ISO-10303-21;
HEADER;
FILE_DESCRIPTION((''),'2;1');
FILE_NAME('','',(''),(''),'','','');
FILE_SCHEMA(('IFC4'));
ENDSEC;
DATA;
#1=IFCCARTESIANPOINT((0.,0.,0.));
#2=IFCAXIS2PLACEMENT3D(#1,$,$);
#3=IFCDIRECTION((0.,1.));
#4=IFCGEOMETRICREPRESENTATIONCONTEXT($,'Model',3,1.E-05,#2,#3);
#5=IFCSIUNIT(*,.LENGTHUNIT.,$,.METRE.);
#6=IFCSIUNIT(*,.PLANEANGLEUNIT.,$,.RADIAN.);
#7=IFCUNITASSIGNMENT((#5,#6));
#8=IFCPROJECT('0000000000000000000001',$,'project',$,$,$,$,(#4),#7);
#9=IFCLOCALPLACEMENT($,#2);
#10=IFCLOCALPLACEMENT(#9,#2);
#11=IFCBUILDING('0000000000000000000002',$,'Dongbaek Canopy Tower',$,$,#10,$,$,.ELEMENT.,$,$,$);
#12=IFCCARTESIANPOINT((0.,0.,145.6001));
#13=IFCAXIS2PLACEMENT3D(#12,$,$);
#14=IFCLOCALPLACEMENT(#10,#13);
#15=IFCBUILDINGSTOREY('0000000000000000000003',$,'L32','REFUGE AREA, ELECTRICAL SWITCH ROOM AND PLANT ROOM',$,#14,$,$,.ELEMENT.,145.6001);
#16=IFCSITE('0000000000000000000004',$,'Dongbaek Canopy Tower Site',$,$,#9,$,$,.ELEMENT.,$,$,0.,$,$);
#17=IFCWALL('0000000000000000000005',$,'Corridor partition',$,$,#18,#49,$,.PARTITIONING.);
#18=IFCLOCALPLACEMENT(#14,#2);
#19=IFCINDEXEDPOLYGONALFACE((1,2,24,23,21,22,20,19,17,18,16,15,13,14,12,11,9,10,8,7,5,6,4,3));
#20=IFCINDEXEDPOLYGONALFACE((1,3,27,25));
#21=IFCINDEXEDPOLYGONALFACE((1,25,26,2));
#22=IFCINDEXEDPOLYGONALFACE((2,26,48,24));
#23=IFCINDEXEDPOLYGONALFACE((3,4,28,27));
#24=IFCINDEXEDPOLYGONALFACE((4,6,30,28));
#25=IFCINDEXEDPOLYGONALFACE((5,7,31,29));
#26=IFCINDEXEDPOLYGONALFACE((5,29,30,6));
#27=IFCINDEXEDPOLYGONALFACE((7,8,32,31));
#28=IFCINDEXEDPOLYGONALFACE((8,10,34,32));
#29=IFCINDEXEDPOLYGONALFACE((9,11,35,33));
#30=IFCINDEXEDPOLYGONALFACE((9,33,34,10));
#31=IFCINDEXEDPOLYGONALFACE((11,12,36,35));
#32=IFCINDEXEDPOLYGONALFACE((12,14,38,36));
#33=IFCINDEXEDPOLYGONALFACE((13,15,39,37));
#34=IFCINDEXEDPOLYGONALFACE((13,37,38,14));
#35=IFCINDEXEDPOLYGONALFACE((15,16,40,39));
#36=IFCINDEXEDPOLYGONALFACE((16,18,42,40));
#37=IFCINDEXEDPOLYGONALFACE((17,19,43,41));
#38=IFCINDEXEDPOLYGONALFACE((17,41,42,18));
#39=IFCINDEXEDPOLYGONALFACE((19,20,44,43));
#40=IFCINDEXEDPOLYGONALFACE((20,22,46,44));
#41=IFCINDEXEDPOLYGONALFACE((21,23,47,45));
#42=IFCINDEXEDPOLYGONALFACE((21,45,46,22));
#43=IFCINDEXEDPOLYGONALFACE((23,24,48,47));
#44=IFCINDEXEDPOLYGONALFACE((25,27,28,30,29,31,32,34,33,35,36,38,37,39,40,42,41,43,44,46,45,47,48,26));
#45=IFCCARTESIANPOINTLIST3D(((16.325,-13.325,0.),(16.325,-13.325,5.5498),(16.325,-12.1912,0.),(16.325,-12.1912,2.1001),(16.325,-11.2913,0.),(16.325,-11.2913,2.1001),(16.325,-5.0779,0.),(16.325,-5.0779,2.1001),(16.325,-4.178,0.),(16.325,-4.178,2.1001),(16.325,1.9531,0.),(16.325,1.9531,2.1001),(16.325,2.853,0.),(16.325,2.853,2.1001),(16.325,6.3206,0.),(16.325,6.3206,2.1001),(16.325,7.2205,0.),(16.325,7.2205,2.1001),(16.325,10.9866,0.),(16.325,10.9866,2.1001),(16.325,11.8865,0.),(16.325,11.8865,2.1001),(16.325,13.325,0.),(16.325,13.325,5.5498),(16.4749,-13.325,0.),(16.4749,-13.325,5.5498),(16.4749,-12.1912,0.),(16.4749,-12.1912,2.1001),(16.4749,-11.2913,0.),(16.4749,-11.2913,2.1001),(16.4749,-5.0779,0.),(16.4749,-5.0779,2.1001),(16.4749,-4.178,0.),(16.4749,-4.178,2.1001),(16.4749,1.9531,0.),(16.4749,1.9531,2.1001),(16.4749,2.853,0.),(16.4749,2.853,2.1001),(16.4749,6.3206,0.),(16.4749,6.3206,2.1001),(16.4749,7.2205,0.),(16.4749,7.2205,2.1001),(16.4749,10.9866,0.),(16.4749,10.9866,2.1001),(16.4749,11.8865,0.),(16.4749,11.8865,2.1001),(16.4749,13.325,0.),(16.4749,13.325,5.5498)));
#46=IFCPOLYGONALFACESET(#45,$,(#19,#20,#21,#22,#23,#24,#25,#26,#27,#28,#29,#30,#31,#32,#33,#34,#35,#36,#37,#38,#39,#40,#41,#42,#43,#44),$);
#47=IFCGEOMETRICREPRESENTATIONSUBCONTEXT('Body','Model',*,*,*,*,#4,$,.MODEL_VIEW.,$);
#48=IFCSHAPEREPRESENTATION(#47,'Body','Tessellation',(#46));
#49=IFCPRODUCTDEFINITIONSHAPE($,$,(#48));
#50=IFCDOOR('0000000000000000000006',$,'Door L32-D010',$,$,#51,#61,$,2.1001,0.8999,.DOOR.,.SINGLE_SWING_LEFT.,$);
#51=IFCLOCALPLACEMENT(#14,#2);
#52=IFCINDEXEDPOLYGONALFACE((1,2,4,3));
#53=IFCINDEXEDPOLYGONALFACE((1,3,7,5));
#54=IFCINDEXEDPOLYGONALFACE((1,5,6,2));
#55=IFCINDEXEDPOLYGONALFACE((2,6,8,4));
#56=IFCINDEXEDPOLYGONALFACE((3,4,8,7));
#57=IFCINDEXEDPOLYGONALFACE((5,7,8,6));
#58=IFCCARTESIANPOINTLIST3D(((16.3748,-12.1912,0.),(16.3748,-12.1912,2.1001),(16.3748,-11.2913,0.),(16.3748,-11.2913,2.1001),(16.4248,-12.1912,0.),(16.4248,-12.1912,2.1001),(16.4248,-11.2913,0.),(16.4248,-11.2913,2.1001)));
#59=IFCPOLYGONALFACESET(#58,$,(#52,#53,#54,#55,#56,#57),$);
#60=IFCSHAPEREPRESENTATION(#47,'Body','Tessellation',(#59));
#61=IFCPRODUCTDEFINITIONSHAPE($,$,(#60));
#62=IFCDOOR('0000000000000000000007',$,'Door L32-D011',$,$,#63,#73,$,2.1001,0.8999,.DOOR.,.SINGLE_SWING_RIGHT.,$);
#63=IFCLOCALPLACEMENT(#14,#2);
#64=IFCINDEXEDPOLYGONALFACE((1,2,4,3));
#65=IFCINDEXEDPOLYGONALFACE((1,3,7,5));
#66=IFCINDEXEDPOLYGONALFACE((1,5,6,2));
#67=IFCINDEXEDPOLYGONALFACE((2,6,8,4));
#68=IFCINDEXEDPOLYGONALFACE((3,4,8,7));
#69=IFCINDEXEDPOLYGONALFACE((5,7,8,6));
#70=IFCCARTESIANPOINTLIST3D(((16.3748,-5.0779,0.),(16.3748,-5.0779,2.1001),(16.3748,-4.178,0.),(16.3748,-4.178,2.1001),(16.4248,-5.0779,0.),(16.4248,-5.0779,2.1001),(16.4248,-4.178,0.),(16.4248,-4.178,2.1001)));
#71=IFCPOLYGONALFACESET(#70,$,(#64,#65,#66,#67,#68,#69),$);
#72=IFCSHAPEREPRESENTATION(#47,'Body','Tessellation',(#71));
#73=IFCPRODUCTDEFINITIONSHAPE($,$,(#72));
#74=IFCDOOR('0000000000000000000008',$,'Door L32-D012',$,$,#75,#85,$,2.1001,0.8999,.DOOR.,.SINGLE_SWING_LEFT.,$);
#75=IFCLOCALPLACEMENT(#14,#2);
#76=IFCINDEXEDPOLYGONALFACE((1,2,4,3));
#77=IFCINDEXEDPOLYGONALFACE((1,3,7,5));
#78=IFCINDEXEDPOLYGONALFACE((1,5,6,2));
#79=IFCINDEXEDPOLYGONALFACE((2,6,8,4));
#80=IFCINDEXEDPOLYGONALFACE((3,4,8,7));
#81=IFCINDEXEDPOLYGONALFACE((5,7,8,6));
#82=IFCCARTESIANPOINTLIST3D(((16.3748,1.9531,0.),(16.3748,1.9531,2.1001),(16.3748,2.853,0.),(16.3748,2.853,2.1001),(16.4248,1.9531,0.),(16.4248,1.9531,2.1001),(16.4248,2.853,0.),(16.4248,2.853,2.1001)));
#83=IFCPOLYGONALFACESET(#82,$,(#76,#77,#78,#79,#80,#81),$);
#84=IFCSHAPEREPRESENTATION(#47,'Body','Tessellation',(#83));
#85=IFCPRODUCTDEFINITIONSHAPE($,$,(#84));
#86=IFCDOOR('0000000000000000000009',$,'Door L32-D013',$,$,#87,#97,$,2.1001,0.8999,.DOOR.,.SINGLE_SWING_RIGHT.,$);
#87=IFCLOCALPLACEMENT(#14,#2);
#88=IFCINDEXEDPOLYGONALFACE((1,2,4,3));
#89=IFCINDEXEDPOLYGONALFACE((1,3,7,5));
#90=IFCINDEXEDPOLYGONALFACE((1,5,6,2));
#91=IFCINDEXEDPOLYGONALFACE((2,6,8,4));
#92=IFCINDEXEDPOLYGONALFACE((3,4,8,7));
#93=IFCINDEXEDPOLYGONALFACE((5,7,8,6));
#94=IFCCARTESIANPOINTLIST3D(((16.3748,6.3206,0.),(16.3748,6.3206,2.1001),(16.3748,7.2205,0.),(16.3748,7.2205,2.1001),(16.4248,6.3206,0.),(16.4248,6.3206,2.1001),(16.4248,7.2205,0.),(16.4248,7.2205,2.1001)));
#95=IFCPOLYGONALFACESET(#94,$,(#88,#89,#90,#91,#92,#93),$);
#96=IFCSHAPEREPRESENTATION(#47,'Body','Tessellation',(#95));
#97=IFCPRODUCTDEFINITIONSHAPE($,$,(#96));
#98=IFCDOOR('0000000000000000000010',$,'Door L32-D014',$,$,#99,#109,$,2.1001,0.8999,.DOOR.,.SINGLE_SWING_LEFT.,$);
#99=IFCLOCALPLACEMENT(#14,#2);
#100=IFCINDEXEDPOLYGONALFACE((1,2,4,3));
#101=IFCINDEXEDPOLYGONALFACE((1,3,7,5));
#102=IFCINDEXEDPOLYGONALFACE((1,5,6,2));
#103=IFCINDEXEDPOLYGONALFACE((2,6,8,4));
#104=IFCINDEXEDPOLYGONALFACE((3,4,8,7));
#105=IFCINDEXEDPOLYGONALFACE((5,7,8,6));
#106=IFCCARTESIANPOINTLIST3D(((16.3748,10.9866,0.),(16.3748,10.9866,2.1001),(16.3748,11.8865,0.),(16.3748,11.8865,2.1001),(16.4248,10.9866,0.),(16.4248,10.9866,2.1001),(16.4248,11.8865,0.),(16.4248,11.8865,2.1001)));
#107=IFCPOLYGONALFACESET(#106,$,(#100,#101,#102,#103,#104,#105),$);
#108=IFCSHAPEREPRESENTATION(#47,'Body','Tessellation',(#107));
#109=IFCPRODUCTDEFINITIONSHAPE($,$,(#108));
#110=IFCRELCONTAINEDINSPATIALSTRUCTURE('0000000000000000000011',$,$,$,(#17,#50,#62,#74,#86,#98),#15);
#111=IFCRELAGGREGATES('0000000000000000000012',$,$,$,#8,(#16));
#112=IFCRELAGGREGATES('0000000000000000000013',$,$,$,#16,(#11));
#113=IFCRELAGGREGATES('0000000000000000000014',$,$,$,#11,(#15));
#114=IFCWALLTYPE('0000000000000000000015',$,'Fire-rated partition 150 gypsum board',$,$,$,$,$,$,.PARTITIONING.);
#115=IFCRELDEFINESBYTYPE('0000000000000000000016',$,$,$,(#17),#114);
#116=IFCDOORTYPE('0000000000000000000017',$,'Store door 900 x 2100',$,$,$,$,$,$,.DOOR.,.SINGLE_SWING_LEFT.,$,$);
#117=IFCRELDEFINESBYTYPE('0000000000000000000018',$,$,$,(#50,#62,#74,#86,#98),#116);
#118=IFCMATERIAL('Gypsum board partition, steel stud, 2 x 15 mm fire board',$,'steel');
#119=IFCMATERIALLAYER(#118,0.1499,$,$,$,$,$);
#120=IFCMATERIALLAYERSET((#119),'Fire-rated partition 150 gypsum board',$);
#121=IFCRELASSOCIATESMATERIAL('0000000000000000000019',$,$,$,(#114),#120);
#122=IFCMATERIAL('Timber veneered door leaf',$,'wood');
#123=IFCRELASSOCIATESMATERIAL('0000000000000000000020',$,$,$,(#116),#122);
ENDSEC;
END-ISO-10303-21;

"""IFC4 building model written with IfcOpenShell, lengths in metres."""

from ifc_helpers import new_model, si_unit, direction, frame, frame_2d, origin, place, context, subcontext, project, spatial, rectangle, extrude, material, layer, layer_set, type_object, element, fill, save


model = new_model("IFC4")

# Units and contexts
model_context = context("Model", 3, precision=1e-05, world=origin(), true_north=direction((0.0, 1.0)))
body_context = subcontext(model_context, "Body", "Model", "MODEL_VIEW")
ifc_project = project(units=[si_unit("LENGTHUNIT", "METRE"), si_unit("PLANEANGLEUNIT", "RADIAN")], contexts=[model_context])

# Site, building, storey
site_placement = place(None, origin())
site = spatial("IfcSite", under=ifc_project, at=site_placement, Name="Dongbaek Canopy Tower Site", CompositionType="ELEMENT", RefElevation=0.0)
building_placement = place(site_placement, origin())
building = spatial("IfcBuilding", under=site, at=building_placement, Name="Dongbaek Canopy Tower", CompositionType="ELEMENT")
storey_placement = place(building_placement, frame((0.0, 0.0, 145.6001)))
storey = spatial("IfcBuildingStorey", under=building, at=storey_placement, Name="L32", Description="REFUGE AREA, ELECTRICAL SWITCH ROOM AND PLANT ROOM", CompositionType="ELEMENT", Elevation=145.6001)

# Shared definitions
ifc_material_1 = material(Name="Gypsum board partition, steel stud, 2 x 15 mm fire board", Category="steel")
ifc_layer_1 = layer(ifc_material_1, 0.1499)
ifc_layer_set_1 = layer_set([ifc_layer_1], Name="Fire-rated partition 150 gypsum board")
wall_type = type_object("IfcWallType", Name="Fire-rated partition 150 gypsum board", PredefinedType="PARTITIONING", material=ifc_layer_set_1)

# Wall, openings, doors
wall_1_placement = place(storey_placement, frame((16.3999, 13.325, 0.0), z_axis=(0.0, 0.0, 1.0), x_axis=(0.0, -1.0, 0.0)))
wall_1 = element("IfcWall", 1, at=wall_1_placement, inside=storey, type_object=wall_type, Name="Corridor partition", PredefinedType="PARTITIONING", context=body_context, shape_type="SweptSolid", body=[
    extrude(rectangle(XDim=26.6499, YDim=0.1499, at=frame_2d((13.325, 0.0))), origin(), (0.0, 0.0, 1.0), 5.5498),
])
opening_1_placement = place(wall_1_placement, frame((24.6162, 0.0, 0.0)))
opening_1 = element("IfcOpeningElement", 2, at=opening_1_placement, cuts=wall_1, PredefinedType="OPENING", context=body_context, shape_type="SweptSolid", body=[
    extrude(rectangle(XDim=0.8999, YDim=2.1001, at=frame_2d((0.45, 1.05))), frame((0.0, 0.085, 0.0), z_axis=(0.0, -1.0, 0.0), x_axis=(1.0, 0.0, 0.0)), (0.0, 0.0, 1.0), 0.1699),
])
opening_2_placement = place(wall_1_placement, frame((17.5029, 0.0, 0.0)))
opening_2 = element("IfcOpeningElement", 3, at=opening_2_placement, cuts=wall_1, PredefinedType="OPENING", context=body_context, shape_type="SweptSolid", body=[
    extrude(rectangle(XDim=0.8999, YDim=2.1001, at=frame_2d((0.45, 1.05))), frame((0.0, 0.085, 0.0), z_axis=(0.0, -1.0, 0.0), x_axis=(1.0, 0.0, 0.0)), (0.0, 0.0, 1.0), 0.1699),
])
opening_3_placement = place(wall_1_placement, frame((10.4719, 0.0, 0.0)))
opening_3 = element("IfcOpeningElement", 4, at=opening_3_placement, cuts=wall_1, PredefinedType="OPENING", context=body_context, shape_type="SweptSolid", body=[
    extrude(rectangle(XDim=0.8999, YDim=2.1001, at=frame_2d((0.45, 1.05))), frame((0.0, 0.085, 0.0), z_axis=(0.0, -1.0, 0.0), x_axis=(1.0, 0.0, 0.0)), (0.0, 0.0, 1.0), 0.1699),
])
opening_4_placement = place(wall_1_placement, frame((6.1045, 0.0, 0.0)))
opening_4 = element("IfcOpeningElement", 5, at=opening_4_placement, cuts=wall_1, PredefinedType="OPENING", context=body_context, shape_type="SweptSolid", body=[
    extrude(rectangle(XDim=0.8999, YDim=2.1001, at=frame_2d((0.45, 1.05))), frame((0.0, 0.085, 0.0), z_axis=(0.0, -1.0, 0.0), x_axis=(1.0, 0.0, 0.0)), (0.0, 0.0, 1.0), 0.1699),
])
opening_5_placement = place(wall_1_placement, frame((1.4385, 0.0, 0.0)))
opening_5 = element("IfcOpeningElement", 6, at=opening_5_placement, cuts=wall_1, PredefinedType="OPENING", context=body_context, shape_type="SweptSolid", body=[
    extrude(rectangle(XDim=0.8999, YDim=2.1001, at=frame_2d((0.45, 1.05))), frame((0.0, 0.085, 0.0), z_axis=(0.0, -1.0, 0.0), x_axis=(1.0, 0.0, 0.0)), (0.0, 0.0, 1.0), 0.1699),
])
ifc_material_2 = material(Name="Timber veneered door leaf", Category="wood")
door_type = type_object("IfcDoorType", Name="Store door 900 x 2100", OperationType="SINGLE_SWING_LEFT", PredefinedType="DOOR", material=ifc_material_2)
door_1_placement = place(opening_1_placement, origin())
door_1 = element("IfcDoor", 7, at=door_1_placement, inside=storey, type_object=door_type, Name="Door L32-D010", OperationType="SINGLE_SWING_LEFT", OverallHeight=2.1001, OverallWidth=0.8999, PredefinedType="DOOR", context=body_context, shape_type="SweptSolid", body=[
    extrude(rectangle(XDim=0.8999, YDim=2.1001, at=frame_2d((0.45, 1.05))), frame((0.0, 0.0249, 0.0), z_axis=(0.0, -1.0, 0.0), x_axis=(1.0, 0.0, 0.0)), (0.0, 0.0, 1.0), 0.05),
])
fill(opening_1, door_1)
door_2_placement = place(opening_2_placement, origin())
door_2 = element("IfcDoor", 8, at=door_2_placement, inside=storey, type_object=door_type, Name="Door L32-D011", OperationType="SINGLE_SWING_RIGHT", OverallHeight=2.1001, OverallWidth=0.8999, PredefinedType="DOOR", context=body_context, shape_type="SweptSolid", body=[
    extrude(rectangle(XDim=0.8999, YDim=2.1001, at=frame_2d((0.45, 1.05))), frame((0.0, 0.0249, 0.0), z_axis=(0.0, -1.0, 0.0), x_axis=(1.0, 0.0, 0.0)), (0.0, 0.0, 1.0), 0.05),
])
fill(opening_2, door_2)
door_3_placement = place(opening_3_placement, origin())
door_3 = element("IfcDoor", 9, at=door_3_placement, inside=storey, type_object=door_type, Name="Door L32-D012", OperationType="SINGLE_SWING_LEFT", OverallHeight=2.1001, OverallWidth=0.8999, PredefinedType="DOOR", context=body_context, shape_type="SweptSolid", body=[
    extrude(rectangle(XDim=0.8999, YDim=2.1001, at=frame_2d((0.45, 1.05))), frame((0.0, 0.0249, 0.0), z_axis=(0.0, -1.0, 0.0), x_axis=(1.0, 0.0, 0.0)), (0.0, 0.0, 1.0), 0.05),
])
fill(opening_3, door_3)
door_4_placement = place(opening_4_placement, origin())
door_4 = element("IfcDoor", 10, at=door_4_placement, inside=storey, type_object=door_type, Name="Door L32-D013", OperationType="SINGLE_SWING_RIGHT", OverallHeight=2.1001, OverallWidth=0.8999, PredefinedType="DOOR", context=body_context, shape_type="SweptSolid", body=[
    extrude(rectangle(XDim=0.8999, YDim=2.1001, at=frame_2d((0.45, 1.05))), frame((0.0, 0.0249, 0.0), z_axis=(0.0, -1.0, 0.0), x_axis=(1.0, 0.0, 0.0)), (0.0, 0.0, 1.0), 0.05),
])
fill(opening_4, door_4)
door_5_placement = place(opening_5_placement, origin())
door_5 = element("IfcDoor", 11, at=door_5_placement, inside=storey, type_object=door_type, Name="Door L32-D014", OperationType="SINGLE_SWING_LEFT", OverallHeight=2.1001, OverallWidth=0.8999, PredefinedType="DOOR", context=body_context, shape_type="SweptSolid", body=[
    extrude(rectangle(XDim=0.8999, YDim=2.1001, at=frame_2d((0.45, 1.05))), frame((0.0, 0.0249, 0.0), z_axis=(0.0, -1.0, 0.0), x_axis=(1.0, 0.0, 0.0)), (0.0, 0.0, 1.0), 0.05),
])
fill(opening_5, door_5)

save(model, "model.ifc")
